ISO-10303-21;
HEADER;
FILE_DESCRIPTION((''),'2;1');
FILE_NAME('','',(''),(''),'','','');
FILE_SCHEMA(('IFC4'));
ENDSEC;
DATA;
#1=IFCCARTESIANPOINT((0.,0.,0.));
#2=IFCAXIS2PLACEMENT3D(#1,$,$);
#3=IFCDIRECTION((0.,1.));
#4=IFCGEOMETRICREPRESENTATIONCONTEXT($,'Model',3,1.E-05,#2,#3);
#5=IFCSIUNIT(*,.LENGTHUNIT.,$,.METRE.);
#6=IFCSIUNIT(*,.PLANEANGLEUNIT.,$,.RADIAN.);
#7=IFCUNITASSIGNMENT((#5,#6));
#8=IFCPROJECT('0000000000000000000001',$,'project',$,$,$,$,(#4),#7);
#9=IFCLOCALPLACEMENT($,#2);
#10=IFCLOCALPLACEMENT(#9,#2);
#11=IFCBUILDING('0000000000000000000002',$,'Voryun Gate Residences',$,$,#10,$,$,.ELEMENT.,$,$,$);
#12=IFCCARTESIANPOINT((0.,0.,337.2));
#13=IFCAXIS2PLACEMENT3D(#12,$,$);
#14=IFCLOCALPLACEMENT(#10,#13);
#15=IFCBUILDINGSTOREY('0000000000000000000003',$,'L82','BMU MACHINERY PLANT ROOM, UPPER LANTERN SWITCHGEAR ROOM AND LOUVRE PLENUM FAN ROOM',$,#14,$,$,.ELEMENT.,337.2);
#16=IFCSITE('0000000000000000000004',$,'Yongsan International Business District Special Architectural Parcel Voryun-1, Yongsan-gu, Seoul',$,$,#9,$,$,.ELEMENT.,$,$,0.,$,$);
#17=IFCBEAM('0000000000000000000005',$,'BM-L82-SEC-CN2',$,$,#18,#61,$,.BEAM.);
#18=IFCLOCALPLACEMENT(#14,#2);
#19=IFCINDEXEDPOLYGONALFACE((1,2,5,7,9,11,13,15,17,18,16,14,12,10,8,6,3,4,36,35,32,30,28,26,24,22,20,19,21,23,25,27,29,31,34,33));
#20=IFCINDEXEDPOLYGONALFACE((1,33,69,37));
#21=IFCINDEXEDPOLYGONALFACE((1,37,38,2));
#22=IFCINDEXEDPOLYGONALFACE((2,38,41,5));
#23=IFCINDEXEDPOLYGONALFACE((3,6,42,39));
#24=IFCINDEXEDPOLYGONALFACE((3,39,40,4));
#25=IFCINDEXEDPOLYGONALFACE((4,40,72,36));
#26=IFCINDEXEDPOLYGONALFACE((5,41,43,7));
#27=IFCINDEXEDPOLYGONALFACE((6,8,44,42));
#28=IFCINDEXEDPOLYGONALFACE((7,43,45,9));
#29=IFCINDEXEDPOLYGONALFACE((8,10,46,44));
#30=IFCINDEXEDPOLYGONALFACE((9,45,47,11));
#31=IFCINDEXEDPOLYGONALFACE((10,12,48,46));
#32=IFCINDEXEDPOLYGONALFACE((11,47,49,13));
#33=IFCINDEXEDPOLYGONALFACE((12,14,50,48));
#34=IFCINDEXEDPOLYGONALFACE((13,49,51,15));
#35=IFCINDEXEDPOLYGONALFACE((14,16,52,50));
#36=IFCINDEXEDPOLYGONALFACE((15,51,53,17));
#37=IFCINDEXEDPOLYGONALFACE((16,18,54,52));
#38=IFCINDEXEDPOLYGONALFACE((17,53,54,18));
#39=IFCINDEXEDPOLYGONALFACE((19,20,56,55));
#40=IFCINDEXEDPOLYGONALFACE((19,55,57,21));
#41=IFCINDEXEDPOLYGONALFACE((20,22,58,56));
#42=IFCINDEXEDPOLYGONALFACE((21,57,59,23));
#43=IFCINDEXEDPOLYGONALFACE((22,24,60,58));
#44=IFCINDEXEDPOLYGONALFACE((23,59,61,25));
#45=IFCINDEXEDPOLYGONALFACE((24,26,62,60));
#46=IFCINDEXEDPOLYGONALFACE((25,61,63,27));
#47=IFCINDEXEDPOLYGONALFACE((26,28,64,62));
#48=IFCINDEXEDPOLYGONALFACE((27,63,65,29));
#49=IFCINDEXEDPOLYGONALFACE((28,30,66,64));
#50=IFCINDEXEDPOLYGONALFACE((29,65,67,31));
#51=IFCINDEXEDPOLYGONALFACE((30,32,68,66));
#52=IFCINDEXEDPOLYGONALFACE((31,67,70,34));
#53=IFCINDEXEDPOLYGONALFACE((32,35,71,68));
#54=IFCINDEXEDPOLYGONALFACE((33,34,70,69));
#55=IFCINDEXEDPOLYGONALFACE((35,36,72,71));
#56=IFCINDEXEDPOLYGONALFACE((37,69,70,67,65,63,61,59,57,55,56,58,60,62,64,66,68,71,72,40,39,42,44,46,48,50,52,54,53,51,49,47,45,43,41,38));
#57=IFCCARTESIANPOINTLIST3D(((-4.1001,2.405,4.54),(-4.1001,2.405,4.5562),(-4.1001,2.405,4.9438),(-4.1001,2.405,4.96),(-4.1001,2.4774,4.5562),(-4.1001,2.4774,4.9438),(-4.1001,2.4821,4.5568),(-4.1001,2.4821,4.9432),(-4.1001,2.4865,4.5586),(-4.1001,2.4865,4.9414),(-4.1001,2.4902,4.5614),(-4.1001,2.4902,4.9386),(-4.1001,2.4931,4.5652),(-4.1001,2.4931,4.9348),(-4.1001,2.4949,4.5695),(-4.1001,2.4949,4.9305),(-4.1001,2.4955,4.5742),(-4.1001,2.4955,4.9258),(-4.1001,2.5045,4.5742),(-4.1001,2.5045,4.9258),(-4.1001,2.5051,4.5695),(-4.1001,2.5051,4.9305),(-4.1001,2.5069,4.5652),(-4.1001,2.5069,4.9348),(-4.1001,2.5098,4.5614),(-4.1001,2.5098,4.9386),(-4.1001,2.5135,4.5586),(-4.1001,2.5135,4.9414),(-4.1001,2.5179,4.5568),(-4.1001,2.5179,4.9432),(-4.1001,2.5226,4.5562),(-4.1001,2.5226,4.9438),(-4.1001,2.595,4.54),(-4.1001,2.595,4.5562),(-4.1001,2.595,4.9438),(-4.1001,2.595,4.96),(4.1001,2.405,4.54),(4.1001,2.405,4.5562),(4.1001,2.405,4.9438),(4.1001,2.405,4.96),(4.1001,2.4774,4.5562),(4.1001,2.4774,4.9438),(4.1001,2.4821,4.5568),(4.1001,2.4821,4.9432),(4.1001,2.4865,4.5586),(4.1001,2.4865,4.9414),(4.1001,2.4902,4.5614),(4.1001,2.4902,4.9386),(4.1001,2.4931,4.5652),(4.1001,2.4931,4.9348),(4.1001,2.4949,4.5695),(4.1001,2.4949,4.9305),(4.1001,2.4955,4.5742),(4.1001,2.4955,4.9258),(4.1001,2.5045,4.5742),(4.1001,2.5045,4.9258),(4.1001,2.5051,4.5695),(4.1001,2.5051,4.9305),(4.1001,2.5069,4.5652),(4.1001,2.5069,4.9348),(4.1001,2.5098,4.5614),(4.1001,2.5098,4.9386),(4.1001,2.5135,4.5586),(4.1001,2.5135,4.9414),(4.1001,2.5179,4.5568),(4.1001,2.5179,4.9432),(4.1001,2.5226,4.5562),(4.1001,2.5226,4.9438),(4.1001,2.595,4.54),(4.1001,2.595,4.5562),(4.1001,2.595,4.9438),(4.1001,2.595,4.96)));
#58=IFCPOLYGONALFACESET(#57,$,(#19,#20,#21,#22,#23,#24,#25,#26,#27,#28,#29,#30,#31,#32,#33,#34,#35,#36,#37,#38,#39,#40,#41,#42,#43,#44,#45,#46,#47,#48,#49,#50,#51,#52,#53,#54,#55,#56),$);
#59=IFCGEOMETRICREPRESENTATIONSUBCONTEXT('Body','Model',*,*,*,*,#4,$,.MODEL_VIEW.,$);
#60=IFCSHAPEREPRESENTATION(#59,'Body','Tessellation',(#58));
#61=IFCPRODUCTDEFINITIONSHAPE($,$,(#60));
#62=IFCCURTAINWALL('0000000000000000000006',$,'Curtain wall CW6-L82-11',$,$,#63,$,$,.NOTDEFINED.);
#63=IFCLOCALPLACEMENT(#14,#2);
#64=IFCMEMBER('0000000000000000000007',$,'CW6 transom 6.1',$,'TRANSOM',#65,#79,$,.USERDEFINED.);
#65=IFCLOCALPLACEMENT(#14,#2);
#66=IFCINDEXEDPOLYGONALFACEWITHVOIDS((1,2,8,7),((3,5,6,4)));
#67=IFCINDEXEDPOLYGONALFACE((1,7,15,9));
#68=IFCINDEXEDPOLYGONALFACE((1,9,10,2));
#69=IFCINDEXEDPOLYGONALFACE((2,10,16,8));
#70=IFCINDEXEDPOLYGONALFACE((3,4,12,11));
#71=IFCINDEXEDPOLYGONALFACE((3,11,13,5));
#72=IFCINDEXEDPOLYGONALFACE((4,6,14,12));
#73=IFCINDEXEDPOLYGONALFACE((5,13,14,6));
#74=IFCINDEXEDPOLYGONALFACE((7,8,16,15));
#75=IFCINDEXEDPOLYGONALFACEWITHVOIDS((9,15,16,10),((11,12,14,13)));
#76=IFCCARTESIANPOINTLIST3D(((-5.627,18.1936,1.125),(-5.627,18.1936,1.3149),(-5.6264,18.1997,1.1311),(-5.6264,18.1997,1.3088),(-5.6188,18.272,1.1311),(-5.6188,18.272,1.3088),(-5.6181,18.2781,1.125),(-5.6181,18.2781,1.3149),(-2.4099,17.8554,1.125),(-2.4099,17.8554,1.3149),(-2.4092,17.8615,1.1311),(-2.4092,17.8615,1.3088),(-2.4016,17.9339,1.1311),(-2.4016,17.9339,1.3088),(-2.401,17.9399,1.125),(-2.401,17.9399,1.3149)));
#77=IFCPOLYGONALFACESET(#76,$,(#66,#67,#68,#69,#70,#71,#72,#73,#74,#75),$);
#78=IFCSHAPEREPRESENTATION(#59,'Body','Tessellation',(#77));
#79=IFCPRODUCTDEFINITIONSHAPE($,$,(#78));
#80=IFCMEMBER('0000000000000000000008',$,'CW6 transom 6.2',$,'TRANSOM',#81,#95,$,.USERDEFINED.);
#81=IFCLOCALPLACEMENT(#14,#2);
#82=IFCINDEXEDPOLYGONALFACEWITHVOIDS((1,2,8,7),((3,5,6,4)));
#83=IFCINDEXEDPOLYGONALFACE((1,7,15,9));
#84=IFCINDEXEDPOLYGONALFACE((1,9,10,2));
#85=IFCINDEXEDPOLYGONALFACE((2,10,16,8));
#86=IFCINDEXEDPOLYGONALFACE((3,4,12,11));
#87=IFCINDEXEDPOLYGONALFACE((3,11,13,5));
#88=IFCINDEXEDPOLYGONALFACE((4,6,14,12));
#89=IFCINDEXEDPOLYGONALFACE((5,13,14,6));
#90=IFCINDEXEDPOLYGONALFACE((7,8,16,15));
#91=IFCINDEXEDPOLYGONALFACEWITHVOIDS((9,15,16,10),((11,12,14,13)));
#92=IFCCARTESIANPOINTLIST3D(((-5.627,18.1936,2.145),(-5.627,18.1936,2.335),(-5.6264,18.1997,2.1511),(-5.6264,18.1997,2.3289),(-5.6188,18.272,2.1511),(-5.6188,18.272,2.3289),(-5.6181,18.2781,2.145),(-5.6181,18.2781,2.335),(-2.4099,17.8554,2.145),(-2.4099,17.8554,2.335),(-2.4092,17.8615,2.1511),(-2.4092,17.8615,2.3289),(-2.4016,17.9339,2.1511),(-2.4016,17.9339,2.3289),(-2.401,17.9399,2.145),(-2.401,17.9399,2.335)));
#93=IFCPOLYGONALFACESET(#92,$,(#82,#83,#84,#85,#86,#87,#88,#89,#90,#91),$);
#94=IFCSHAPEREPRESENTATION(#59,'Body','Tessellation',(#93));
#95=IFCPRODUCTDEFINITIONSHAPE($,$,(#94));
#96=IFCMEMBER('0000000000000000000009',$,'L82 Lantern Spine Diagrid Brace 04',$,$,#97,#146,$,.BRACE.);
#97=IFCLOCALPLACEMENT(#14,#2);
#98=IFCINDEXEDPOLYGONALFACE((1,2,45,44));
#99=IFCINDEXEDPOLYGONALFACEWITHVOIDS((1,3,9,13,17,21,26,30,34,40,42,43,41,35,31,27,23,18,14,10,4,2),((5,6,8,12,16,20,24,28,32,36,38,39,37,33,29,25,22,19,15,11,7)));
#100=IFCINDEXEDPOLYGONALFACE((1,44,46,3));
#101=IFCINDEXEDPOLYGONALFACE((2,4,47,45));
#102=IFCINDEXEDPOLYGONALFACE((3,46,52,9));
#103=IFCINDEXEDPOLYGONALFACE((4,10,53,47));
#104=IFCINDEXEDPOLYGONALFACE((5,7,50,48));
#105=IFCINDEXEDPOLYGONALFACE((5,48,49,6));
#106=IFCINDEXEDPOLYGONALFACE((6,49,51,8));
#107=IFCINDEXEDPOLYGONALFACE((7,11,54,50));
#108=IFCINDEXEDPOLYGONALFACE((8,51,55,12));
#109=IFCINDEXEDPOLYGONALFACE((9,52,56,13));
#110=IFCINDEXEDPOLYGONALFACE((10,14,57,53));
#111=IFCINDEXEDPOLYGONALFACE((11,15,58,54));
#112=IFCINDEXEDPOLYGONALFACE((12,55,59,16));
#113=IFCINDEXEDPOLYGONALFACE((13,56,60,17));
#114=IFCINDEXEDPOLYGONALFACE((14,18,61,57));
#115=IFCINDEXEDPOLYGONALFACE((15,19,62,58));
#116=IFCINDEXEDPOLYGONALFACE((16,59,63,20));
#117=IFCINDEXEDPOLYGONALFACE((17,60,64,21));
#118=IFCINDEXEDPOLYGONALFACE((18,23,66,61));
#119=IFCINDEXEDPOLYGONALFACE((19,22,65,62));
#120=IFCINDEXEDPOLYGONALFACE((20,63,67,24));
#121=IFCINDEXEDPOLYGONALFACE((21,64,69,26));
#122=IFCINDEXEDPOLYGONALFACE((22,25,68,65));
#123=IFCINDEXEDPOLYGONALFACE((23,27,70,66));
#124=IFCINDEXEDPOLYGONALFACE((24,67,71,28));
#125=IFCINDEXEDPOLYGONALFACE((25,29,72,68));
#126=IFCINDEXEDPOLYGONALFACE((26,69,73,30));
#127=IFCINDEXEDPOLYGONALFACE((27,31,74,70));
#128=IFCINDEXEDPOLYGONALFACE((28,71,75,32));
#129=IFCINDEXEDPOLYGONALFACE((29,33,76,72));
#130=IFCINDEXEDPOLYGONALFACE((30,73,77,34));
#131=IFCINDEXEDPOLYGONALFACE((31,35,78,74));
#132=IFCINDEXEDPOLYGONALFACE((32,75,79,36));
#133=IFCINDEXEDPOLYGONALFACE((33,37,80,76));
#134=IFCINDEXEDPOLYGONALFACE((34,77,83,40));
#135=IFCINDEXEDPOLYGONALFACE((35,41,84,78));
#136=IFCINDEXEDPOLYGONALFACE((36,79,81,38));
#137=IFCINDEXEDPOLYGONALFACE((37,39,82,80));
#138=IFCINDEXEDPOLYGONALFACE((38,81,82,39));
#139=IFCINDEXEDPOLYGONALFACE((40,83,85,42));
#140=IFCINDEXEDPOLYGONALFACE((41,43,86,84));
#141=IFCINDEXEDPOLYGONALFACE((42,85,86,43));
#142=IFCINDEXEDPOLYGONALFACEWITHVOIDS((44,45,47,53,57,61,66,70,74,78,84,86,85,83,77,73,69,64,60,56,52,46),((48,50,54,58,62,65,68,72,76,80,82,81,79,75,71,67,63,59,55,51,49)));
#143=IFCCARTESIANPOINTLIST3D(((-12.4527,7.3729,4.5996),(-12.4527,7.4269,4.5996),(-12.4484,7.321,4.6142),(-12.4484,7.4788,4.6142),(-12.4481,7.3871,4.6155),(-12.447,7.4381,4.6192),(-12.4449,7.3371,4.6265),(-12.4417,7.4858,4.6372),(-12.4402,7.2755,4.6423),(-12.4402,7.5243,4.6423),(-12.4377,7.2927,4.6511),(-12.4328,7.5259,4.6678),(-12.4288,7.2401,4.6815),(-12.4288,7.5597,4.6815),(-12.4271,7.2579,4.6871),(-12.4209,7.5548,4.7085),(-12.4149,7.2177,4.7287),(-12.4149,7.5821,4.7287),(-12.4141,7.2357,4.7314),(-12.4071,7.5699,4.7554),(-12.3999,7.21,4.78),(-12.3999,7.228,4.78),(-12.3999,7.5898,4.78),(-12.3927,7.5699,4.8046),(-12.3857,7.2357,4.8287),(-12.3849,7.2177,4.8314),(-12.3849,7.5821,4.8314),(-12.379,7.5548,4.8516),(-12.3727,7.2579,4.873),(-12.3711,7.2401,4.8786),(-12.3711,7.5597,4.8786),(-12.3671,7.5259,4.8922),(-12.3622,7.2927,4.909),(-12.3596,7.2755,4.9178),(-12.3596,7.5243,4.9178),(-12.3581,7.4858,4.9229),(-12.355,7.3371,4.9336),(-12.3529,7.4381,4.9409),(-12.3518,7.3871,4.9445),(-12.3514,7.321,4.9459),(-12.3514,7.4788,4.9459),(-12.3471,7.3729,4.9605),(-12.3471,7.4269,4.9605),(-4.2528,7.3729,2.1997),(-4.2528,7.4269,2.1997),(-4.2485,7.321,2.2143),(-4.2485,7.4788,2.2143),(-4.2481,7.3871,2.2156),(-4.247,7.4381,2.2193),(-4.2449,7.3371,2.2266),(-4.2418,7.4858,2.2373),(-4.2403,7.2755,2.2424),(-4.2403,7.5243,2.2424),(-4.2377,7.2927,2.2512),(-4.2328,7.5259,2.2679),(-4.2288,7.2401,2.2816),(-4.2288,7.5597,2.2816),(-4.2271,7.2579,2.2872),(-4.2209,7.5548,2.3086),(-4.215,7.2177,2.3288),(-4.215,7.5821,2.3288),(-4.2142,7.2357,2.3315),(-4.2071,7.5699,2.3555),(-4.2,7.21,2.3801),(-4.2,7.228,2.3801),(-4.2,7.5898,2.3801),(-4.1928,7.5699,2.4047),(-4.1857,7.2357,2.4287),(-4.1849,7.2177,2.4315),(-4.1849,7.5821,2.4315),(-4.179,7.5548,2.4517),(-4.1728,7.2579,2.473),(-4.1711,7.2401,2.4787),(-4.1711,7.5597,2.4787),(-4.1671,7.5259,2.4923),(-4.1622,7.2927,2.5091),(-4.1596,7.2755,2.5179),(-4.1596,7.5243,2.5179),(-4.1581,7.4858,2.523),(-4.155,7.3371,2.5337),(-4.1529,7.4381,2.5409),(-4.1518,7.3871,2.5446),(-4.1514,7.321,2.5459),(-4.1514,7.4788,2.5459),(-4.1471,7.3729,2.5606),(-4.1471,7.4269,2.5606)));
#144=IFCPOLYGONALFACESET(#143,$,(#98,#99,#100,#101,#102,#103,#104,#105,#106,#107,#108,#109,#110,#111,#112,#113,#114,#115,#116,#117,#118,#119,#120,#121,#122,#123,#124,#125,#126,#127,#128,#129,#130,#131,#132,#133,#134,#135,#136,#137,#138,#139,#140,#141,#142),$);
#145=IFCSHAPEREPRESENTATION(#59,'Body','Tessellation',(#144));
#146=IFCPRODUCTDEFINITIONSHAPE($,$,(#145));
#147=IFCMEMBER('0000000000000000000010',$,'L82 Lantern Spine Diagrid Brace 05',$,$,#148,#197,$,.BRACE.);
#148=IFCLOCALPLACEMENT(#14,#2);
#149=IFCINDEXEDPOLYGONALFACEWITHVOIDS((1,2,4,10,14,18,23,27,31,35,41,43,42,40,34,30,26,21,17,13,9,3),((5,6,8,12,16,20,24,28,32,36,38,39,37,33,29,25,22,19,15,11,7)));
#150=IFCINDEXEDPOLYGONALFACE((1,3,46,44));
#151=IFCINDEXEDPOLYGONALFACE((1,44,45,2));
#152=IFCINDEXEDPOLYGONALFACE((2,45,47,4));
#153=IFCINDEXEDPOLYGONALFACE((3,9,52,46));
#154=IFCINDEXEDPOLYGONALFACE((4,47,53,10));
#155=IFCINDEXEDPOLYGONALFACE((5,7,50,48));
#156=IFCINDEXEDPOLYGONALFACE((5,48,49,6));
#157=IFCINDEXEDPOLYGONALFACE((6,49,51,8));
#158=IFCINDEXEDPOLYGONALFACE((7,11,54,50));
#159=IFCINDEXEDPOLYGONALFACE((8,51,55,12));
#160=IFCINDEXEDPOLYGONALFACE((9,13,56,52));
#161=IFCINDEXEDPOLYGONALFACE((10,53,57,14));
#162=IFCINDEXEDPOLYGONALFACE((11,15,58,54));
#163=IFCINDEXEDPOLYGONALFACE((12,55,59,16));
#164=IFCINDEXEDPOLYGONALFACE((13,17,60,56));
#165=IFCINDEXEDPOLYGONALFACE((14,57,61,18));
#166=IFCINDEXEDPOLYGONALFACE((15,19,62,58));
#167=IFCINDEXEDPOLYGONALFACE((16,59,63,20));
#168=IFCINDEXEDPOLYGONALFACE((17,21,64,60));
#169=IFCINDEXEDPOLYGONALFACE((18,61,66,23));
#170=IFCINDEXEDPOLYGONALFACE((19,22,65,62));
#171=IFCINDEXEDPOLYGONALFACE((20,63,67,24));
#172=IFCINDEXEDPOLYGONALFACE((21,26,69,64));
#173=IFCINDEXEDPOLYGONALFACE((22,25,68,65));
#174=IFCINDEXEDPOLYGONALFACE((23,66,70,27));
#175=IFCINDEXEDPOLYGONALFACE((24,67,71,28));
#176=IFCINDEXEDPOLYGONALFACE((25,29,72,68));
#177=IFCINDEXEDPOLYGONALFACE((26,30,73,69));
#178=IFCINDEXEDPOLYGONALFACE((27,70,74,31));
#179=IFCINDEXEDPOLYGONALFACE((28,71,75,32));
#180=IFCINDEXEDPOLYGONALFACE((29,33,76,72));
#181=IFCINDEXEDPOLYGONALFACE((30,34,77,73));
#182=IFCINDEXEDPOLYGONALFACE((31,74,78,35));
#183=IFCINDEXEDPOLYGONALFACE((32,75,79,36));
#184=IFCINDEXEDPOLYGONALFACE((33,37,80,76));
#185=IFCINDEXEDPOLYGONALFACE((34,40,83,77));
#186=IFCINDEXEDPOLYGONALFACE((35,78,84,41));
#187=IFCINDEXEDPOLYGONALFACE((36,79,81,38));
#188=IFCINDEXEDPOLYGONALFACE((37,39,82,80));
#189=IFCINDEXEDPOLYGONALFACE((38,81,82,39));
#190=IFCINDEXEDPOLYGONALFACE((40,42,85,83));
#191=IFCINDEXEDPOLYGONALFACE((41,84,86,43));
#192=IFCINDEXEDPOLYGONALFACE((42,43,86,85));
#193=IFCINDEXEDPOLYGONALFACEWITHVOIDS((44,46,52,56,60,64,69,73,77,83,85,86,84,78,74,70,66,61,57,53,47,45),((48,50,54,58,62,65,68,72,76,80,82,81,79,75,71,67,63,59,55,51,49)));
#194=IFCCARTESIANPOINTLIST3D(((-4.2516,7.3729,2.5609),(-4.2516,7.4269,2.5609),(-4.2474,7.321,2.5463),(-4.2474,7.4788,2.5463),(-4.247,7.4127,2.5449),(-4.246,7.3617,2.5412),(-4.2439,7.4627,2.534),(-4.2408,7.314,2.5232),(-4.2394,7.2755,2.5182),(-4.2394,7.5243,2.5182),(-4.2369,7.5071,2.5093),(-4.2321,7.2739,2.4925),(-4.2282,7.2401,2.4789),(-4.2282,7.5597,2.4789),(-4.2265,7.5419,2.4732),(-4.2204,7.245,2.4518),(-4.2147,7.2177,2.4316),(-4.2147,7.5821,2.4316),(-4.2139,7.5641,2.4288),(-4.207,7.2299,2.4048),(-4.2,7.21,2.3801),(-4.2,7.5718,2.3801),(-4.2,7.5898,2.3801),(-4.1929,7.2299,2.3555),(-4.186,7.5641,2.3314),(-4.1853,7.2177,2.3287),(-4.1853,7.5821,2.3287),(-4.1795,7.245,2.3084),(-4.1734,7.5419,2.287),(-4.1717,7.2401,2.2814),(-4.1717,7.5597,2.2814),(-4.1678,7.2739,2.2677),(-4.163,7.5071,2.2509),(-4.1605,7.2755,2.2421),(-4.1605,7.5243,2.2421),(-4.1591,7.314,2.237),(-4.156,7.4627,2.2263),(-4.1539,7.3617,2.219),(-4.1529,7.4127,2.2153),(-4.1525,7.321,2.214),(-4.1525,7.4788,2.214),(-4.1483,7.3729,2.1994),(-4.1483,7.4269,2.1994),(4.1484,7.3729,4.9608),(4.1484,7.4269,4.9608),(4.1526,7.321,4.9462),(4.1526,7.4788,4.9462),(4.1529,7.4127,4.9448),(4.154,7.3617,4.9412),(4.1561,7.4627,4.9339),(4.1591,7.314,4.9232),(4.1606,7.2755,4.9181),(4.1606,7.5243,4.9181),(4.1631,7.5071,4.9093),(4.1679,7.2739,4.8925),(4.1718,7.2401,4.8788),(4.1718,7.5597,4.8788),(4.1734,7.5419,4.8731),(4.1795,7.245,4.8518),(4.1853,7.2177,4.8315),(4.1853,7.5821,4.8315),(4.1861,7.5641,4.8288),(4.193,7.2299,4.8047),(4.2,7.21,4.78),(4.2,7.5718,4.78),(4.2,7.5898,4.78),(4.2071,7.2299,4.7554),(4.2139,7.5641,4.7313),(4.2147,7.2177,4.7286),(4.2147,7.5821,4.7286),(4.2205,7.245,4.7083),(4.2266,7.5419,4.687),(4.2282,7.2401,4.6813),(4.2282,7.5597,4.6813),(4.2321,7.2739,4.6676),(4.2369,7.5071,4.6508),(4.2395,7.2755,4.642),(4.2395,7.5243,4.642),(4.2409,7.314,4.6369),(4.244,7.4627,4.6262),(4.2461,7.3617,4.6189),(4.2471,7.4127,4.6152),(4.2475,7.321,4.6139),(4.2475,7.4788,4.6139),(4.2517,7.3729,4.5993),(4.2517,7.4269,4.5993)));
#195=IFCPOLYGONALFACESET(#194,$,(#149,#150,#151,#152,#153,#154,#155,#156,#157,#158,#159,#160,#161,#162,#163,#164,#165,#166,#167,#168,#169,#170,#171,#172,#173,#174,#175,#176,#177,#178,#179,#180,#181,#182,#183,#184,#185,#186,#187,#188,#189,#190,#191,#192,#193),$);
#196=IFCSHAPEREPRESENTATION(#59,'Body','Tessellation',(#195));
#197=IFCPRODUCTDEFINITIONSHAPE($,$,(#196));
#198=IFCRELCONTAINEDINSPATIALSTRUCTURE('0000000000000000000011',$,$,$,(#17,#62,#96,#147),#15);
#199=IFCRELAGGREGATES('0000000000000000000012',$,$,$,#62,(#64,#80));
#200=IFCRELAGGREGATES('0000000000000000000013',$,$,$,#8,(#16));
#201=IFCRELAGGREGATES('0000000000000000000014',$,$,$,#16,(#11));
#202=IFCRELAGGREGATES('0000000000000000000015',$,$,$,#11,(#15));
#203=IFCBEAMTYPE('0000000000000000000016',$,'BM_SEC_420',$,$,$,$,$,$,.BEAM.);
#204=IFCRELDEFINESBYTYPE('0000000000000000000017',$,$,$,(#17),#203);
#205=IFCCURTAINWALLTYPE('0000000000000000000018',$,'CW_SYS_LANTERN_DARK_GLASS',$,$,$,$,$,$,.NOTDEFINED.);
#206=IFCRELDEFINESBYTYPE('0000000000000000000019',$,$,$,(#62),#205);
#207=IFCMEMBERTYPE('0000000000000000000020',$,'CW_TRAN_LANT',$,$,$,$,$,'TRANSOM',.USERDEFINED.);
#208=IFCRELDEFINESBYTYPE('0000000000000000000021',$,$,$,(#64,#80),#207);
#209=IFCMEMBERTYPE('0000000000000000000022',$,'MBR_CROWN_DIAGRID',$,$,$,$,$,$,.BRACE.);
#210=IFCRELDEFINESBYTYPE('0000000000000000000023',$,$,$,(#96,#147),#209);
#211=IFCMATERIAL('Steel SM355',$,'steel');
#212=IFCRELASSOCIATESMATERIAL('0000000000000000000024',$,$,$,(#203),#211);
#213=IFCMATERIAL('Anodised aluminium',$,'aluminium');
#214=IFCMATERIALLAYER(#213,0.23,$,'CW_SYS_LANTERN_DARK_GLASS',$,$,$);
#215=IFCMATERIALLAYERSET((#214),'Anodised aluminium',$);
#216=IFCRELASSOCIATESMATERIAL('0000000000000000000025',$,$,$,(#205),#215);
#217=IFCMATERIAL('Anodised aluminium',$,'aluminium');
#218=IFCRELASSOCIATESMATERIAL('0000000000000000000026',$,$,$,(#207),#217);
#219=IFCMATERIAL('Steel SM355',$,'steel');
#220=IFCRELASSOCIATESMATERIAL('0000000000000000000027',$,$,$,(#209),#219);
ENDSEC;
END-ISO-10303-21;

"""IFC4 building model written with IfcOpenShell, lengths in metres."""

from ifc_helpers import new_model, si_unit, direction, frame, origin, origin_2d, place, context, subcontext, project, spatial, hollow_rectangle, hollow_circle, i_section, extrude, material, layer, layer_set, material_profile, profile_set, type_object, element, aggregate, save


model = new_model("IFC4")

# Units and contexts
model_context = context("Model", 3, precision=1e-05, world=origin(), true_north=direction((0.0, 1.0)))
body_context = subcontext(model_context, "Body", "Model", "MODEL_VIEW")
ifc_project = project(units=[si_unit("LENGTHUNIT", "METRE"), si_unit("PLANEANGLEUNIT", "RADIAN")], contexts=[model_context])

# Site, building, storey
site_placement = place(None, origin())
site = spatial("IfcSite", under=ifc_project, at=site_placement, Name="Yongsan International Business District Special Architectural Parcel Voryun-1, Yongsan-gu, Seoul", CompositionType="ELEMENT", RefElevation=0.0)
building_placement = place(site_placement, origin())
building = spatial("IfcBuilding", under=site, at=building_placement, Name="Voryun Gate Residences", CompositionType="ELEMENT")
storey_placement = place(building_placement, frame((0.0, 0.0, 337.2)))
storey = spatial("IfcBuildingStorey", under=building, at=storey_placement, Name="L82", Description="BMU MACHINERY PLANT ROOM, UPPER LANTERN SWITCHGEAR ROOM AND LOUVRE PLENUM FAN ROOM", CompositionType="ELEMENT", Elevation=337.2)

# Beam
ifc_material_1 = material(Name="Steel SM355", Category="steel")
ifc_material_profile_1 = material_profile(ifc_material_1, i_section(OverallWidth=0.1899, OverallDepth=0.4199, WebThickness=0.009, FlangeThickness=0.0161, FilletRadius=0.0181, at=origin_2d()), Name="H-420x190x9x16")
ifc_profile_set_1 = profile_set([ifc_material_profile_1], Name="Steel SM355")
beam_type_1 = type_object("IfcBeamType", Name="BM_SEC_420", PredefinedType="BEAM", material=ifc_profile_set_1)
beam_1_placement = place(storey_placement, frame((-4.1001, 2.5, 4.75), z_axis=(1.0, 0.0, 0.0), x_axis=(0.0, 1.0, 0.0)))
element("IfcBeam", 1, at=beam_1_placement, inside=storey, type_object=beam_type_1, Name="BM-L82-SEC-CN2", PredefinedType="BEAM", context=body_context, shape_type="SweptSolid", body=[
    extrude(i_section(OverallWidth=0.1899, OverallDepth=0.4199, WebThickness=0.009, FlangeThickness=0.0161, FilletRadius=0.0181, at=origin_2d()), origin(), (0.0, 0.0, 1.0), 8.2002),
])

# Curtain wall, members
ifc_material_2 = material(Name="Anodised aluminium", Category="aluminium")
ifc_layer_1 = layer(ifc_material_2, 0.23, Name="CW_SYS_LANTERN_DARK_GLASS")
ifc_layer_set_1 = layer_set([ifc_layer_1], Name="Anodised aluminium")
curtain_wall_type = type_object("IfcCurtainWallType", Name="CW_SYS_LANTERN_DARK_GLASS", PredefinedType="NOTDEFINED", material=ifc_layer_set_1)
curtain_wall_placement = place(storey_placement, origin())
curtain_wall = element("IfcCurtainWall", 2, at=curtain_wall_placement, inside=storey, type_object=curtain_wall_type, Name="Curtain wall CW6-L82-11", PredefinedType="NOTDEFINED")
ifc_material_3 = material(Name="Anodised aluminium", Category="aluminium")
ifc_material_profile_2 = material_profile(ifc_material_3, hollow_rectangle(XDim=0.085, YDim=0.1899, WallThickness=0.0061, at=origin_2d()), Name="ALU-TRAN-190x85x6")
ifc_profile_set_2 = profile_set([ifc_material_profile_2], Name="Anodised aluminium")
member_type_1 = type_object("IfcMemberType", Name="CW_TRAN_LANT", ElementType="TRANSOM", PredefinedType="USERDEFINED", material=ifc_profile_set_2)
member_1_placement = place(storey_placement, frame((-5.6226, 18.2358, 1.22), z_axis=(0.994522, -0.104532, 0.0), x_axis=(0.104532, 0.994522, 0.0)))
member_1 = element("IfcMember", 3, at=member_1_placement, type_object=member_type_1, Name="CW6 transom 6.1", ObjectType="TRANSOM", PredefinedType="USERDEFINED", context=body_context, shape_type="SweptSolid", body=[
    extrude(hollow_rectangle(XDim=0.085, YDim=0.1899, WallThickness=0.0061, at=origin_2d()), origin(), (0.0, 0.0, 1.0), 3.2349),
])
member_2_placement = place(storey_placement, frame((-5.6226, 18.2358, 2.24), z_axis=(0.994522, -0.104532, 0.0), x_axis=(0.104532, 0.994522, 0.0)))
member_2 = element("IfcMember", 4, at=member_2_placement, type_object=member_type_1, Name="CW6 transom 6.2", ObjectType="TRANSOM", PredefinedType="USERDEFINED", context=body_context, shape_type="SweptSolid", body=[
    extrude(hollow_rectangle(XDim=0.085, YDim=0.1899, WallThickness=0.0061, at=origin_2d()), origin(), (0.0, 0.0, 1.0), 3.2349),
])

# Members
ifc_material_4 = material(Name="Steel SM355", Category="steel")
ifc_material_profile_3 = material_profile(ifc_material_4, hollow_circle(Radius=0.1899, WallThickness=0.0181, at=origin_2d()), Name="CHS-380x18")
ifc_profile_set_3 = profile_set([ifc_material_profile_3], Name="Steel SM355")
member_type_2 = type_object("IfcMemberType", Name="MBR_CROWN_DIAGRID", PredefinedType="BRACE", material=ifc_profile_set_3)
member_3_placement = place(storey_placement, frame((-4.2, 7.3999, 2.3801), z_axis=(-0.95974, 0.0, 0.28089), x_axis=(0.0, -1.0, 0.0)))
element("IfcMember", 5, at=member_3_placement, inside=storey, type_object=member_type_2, Name="L82 Lantern Spine Diagrid Brace 04", PredefinedType="BRACE", context=body_context, shape_type="SweptSolid", body=[
    extrude(hollow_circle(Radius=0.1899, WallThickness=0.0181, at=origin_2d()), origin(), (0.0, 0.0, 1.0), 8.5439),
])
member_4_placement = place(storey_placement, frame((-4.2, 7.3999, 2.3801), z_axis=(0.961526, 0.0, 0.274714), x_axis=(0.0, 1.0, 0.0)))
element("IfcMember", 6, at=member_4_placement, inside=storey, type_object=member_type_2, Name="L82 Lantern Spine Diagrid Brace 05", PredefinedType="BRACE", context=body_context, shape_type="SweptSolid", body=[
    extrude(hollow_circle(Radius=0.1899, WallThickness=0.0181, at=origin_2d()), origin(), (0.0, 0.0, 1.0), 8.7361),
])

aggregate(curtain_wall, [member_1, member_2])

save(model, "model.ifc")
